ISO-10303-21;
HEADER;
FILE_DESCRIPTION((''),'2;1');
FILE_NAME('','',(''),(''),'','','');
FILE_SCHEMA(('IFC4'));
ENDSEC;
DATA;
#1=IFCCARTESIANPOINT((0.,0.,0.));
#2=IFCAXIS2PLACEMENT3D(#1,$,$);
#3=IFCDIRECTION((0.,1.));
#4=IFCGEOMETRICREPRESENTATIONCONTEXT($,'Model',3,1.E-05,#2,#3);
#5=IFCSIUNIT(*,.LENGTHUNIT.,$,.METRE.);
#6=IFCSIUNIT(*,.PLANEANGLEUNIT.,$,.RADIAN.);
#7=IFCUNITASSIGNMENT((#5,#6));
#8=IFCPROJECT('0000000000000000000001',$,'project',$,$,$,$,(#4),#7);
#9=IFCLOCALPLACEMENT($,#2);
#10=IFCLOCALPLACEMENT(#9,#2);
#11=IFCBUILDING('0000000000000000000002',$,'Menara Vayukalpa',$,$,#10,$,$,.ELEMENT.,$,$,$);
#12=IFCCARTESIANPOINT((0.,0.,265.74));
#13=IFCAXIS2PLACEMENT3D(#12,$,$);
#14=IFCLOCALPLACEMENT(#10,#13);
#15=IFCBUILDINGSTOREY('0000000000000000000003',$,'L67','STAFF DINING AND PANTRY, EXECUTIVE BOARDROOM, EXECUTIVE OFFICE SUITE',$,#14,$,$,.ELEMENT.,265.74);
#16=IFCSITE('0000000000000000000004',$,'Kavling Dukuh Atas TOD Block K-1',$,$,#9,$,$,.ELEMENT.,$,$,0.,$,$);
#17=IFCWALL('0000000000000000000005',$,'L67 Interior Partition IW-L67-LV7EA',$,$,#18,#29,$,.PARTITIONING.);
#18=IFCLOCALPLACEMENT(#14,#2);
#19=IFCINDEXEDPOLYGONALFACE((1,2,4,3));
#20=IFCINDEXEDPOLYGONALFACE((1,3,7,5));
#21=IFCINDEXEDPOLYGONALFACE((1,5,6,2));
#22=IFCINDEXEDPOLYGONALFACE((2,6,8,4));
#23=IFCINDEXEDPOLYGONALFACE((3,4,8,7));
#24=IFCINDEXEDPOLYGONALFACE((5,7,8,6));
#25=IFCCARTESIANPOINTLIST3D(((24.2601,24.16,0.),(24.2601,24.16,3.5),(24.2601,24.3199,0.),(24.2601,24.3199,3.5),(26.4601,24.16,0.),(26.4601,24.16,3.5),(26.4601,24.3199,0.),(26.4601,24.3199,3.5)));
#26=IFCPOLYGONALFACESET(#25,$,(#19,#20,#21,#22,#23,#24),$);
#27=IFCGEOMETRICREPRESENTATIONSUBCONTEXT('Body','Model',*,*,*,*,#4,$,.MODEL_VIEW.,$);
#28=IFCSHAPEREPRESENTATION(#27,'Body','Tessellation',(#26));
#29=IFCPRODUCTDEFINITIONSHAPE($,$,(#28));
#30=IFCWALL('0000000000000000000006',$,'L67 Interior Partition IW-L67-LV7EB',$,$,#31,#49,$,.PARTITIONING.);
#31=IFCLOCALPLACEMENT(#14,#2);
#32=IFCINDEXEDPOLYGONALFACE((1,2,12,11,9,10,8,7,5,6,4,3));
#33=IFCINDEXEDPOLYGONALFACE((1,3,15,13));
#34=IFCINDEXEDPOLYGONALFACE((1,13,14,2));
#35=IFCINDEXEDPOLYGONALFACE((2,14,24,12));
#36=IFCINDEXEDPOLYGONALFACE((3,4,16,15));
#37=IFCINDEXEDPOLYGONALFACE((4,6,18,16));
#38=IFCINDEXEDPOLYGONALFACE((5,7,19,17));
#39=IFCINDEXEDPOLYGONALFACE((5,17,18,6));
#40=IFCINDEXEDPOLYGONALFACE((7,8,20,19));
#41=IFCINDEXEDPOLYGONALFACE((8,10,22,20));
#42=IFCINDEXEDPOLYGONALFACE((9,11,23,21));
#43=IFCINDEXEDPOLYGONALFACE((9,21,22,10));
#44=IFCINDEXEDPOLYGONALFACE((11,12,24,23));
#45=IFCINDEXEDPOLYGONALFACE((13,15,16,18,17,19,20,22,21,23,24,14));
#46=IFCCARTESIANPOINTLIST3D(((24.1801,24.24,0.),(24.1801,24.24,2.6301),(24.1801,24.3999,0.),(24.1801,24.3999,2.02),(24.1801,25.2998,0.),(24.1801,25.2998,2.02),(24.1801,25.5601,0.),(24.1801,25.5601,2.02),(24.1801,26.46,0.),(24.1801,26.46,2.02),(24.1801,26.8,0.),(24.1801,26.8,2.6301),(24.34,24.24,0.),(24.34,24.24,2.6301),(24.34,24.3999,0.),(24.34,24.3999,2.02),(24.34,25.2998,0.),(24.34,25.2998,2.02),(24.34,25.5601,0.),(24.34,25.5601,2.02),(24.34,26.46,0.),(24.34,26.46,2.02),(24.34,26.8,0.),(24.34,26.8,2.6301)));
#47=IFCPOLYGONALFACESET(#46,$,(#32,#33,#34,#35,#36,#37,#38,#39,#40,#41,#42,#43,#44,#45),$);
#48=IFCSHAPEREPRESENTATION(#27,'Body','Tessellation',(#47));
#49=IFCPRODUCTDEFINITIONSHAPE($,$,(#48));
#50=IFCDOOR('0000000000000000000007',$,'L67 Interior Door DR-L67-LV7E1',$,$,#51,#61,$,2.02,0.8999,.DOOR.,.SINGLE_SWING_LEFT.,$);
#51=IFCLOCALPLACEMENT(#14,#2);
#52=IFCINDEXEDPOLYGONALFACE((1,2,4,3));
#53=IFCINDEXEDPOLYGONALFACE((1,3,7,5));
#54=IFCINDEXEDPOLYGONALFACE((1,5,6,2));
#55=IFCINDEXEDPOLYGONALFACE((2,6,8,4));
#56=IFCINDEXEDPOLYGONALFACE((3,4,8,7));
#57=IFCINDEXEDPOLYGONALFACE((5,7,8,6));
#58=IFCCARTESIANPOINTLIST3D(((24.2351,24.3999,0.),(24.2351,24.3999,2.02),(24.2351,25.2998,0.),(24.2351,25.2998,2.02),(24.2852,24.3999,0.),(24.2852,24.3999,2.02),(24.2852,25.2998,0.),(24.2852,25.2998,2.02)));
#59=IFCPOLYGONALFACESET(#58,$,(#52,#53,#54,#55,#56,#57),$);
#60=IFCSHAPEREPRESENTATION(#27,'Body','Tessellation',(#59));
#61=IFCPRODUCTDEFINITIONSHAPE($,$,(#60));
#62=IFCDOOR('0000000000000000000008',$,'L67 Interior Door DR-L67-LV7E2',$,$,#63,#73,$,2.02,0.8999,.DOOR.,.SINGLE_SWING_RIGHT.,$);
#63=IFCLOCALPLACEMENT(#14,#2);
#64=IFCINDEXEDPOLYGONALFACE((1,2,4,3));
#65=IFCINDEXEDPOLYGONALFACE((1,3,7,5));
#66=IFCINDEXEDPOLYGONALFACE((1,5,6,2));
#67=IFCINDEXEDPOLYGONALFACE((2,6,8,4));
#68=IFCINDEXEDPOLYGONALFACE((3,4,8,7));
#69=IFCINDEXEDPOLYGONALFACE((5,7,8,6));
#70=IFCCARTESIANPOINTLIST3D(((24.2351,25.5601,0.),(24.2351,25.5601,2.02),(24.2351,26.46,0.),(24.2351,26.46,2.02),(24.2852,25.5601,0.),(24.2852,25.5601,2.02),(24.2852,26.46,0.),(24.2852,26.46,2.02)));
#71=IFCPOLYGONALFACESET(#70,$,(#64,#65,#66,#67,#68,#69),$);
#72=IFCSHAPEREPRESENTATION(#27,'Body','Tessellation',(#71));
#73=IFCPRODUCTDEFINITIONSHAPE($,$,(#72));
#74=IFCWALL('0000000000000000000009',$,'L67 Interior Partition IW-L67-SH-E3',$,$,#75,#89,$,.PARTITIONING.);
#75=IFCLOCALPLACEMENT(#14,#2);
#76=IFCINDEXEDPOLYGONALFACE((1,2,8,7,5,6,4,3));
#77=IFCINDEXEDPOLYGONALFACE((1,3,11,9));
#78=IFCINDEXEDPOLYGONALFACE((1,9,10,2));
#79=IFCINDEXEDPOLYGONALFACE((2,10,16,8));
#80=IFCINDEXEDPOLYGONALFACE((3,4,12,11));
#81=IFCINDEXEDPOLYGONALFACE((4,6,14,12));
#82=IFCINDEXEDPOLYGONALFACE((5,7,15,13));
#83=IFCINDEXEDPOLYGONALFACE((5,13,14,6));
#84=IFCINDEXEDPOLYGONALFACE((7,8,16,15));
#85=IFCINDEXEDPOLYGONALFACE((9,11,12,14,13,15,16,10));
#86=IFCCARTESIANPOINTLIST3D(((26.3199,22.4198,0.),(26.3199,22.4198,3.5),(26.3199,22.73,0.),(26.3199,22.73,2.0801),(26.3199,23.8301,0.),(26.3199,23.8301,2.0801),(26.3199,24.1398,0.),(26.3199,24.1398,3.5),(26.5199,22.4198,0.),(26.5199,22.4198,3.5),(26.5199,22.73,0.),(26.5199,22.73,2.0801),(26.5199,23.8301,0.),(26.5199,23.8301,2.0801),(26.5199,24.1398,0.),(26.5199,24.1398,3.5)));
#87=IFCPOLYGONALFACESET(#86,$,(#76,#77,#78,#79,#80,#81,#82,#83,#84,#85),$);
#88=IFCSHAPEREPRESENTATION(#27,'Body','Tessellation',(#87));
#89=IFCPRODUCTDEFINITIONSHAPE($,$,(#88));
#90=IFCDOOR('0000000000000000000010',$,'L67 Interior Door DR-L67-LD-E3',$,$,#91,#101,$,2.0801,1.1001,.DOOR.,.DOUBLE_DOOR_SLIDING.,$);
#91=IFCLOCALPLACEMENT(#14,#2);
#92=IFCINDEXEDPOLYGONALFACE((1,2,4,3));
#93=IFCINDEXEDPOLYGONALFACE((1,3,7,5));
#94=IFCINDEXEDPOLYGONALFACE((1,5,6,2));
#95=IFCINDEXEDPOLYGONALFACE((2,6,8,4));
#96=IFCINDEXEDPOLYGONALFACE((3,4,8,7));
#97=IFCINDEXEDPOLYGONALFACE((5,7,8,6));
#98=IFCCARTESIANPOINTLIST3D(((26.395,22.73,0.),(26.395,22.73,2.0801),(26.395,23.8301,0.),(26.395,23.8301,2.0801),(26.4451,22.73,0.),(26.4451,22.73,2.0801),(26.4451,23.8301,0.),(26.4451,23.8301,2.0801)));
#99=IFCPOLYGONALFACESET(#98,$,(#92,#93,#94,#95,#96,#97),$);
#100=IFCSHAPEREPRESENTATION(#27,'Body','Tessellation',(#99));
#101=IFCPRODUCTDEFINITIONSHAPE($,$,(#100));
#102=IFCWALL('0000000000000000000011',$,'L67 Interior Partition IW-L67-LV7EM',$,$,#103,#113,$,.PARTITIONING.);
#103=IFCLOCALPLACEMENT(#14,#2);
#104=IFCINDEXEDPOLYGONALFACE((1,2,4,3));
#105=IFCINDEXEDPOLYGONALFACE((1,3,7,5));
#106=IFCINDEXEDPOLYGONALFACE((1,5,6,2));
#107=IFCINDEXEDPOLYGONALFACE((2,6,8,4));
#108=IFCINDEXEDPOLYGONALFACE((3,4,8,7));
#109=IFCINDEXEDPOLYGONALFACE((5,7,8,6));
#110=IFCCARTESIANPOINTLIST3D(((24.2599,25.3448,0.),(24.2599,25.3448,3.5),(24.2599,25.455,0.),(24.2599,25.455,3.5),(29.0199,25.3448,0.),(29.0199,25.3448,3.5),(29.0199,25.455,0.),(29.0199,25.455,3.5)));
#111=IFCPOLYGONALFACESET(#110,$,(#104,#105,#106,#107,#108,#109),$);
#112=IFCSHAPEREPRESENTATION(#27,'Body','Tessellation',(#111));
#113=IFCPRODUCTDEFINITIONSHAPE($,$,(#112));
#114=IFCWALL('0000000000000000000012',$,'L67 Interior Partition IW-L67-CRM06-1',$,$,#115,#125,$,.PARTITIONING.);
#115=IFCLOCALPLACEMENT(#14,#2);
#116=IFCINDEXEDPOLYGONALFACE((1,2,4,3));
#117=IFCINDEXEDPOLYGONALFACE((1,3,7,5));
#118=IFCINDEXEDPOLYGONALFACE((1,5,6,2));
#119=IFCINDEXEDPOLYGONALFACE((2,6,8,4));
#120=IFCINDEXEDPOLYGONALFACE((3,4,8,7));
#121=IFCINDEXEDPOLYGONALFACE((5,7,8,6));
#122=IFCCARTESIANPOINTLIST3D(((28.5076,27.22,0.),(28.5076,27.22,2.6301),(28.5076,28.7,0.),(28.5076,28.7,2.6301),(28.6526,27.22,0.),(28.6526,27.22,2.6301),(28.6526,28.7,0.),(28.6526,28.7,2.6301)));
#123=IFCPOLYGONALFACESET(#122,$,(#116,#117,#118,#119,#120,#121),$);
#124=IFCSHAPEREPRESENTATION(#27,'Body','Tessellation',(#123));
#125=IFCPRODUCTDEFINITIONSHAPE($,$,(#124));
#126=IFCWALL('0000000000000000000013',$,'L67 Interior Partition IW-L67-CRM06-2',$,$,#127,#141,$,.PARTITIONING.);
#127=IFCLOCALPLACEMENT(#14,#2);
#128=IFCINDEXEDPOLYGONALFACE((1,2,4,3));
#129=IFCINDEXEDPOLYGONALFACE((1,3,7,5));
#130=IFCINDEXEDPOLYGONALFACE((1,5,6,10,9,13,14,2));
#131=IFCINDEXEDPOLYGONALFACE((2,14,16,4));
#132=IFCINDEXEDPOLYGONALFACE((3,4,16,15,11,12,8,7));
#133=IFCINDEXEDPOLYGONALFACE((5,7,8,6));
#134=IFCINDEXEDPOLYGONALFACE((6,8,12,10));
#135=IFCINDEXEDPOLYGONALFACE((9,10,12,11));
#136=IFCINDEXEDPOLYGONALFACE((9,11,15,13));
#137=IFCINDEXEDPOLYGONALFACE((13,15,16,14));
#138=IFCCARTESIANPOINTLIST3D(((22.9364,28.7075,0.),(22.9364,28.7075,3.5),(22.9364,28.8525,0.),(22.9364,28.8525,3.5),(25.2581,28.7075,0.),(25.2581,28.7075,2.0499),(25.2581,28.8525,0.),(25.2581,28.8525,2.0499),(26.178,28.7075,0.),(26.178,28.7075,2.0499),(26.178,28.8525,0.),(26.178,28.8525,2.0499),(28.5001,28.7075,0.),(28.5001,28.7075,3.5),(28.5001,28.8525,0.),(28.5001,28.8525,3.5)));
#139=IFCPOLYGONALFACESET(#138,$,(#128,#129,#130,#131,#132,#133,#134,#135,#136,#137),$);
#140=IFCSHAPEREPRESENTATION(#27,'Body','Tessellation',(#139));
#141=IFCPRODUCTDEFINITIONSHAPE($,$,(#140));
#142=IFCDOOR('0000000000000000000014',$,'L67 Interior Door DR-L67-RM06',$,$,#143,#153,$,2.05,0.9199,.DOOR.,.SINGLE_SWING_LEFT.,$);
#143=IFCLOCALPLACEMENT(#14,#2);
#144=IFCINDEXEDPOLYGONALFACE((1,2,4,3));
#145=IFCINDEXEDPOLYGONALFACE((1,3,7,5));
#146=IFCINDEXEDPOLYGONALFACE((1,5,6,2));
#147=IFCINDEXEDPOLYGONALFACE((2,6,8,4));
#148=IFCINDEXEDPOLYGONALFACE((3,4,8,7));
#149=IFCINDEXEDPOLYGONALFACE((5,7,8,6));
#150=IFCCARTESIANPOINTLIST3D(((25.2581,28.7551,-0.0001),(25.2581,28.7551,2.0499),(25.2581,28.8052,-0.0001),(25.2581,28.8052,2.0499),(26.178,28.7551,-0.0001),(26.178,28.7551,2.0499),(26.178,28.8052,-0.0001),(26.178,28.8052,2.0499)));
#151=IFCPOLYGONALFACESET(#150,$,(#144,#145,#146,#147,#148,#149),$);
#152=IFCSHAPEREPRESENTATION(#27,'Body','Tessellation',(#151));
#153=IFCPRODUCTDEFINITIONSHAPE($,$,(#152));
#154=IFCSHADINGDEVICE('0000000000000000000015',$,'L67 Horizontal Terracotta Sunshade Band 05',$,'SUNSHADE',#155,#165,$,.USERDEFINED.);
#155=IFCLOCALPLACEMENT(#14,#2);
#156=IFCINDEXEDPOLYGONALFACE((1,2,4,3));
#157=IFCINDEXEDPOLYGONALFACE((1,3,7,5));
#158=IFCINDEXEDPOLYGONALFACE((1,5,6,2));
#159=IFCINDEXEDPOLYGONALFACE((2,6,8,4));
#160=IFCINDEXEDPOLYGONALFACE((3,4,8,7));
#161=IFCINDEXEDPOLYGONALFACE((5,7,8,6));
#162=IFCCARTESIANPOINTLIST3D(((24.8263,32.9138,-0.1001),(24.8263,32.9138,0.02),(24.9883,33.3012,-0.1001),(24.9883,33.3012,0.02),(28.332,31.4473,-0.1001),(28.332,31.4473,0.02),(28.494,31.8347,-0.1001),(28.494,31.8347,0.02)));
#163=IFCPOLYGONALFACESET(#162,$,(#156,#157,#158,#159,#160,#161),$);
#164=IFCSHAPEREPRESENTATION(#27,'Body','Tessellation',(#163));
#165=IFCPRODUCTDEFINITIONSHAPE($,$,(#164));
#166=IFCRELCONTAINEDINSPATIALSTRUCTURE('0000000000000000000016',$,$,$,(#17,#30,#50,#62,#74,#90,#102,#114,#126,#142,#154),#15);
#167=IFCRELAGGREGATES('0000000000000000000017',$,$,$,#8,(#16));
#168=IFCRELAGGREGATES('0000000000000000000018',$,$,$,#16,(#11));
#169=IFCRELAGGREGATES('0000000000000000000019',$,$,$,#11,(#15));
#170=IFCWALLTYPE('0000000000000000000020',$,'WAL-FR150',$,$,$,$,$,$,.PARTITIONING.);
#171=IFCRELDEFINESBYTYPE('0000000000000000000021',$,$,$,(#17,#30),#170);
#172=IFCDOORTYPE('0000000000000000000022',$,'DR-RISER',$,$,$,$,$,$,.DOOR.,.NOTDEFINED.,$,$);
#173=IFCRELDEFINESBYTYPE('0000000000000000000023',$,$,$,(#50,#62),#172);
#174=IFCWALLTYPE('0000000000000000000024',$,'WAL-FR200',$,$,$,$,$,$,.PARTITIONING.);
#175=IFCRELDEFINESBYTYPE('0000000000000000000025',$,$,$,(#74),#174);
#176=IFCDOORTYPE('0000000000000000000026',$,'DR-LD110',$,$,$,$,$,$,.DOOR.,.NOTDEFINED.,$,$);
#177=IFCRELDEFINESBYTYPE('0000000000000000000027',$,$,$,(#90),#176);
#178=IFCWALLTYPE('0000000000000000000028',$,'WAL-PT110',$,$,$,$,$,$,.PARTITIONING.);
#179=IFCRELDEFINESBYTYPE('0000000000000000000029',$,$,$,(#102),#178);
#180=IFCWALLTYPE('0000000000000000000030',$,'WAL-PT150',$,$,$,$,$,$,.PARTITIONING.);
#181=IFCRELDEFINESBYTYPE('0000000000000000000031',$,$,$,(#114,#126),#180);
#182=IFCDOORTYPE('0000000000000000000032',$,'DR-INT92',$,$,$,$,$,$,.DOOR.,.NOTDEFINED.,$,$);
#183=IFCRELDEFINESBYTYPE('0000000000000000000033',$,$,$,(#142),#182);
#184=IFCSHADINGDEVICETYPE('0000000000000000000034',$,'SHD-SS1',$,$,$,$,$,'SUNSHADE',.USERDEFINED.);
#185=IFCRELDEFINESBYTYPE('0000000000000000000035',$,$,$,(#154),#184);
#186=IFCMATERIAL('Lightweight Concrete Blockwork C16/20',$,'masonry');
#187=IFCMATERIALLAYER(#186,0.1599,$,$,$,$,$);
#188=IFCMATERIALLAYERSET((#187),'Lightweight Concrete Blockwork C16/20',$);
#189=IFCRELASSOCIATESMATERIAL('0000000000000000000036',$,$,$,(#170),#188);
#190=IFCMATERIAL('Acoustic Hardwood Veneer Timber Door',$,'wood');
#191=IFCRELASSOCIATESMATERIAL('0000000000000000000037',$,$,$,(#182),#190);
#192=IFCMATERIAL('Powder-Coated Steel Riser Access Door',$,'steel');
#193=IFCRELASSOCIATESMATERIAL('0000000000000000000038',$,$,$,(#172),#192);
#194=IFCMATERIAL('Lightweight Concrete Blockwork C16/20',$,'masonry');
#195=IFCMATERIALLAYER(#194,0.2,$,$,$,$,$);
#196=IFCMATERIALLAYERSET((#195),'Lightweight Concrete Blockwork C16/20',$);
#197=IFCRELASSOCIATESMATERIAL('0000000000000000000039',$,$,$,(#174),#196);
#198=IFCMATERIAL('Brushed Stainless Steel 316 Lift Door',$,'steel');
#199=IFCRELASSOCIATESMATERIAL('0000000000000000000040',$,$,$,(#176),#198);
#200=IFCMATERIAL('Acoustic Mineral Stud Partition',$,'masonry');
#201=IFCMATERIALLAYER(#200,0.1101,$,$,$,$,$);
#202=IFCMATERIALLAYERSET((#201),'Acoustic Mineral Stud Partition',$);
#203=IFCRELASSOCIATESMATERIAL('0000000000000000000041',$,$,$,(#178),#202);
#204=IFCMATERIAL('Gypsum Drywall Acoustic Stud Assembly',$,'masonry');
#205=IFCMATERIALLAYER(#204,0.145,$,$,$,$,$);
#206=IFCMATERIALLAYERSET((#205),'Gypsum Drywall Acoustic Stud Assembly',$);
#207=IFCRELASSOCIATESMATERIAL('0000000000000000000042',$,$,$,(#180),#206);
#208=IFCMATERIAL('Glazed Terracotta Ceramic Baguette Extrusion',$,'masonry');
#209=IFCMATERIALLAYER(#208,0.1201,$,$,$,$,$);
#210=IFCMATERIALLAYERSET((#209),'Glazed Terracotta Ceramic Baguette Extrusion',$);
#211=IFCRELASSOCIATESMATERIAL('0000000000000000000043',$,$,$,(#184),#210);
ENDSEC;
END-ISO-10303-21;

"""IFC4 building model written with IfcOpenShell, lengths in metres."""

from ifc_helpers import new_model, si_unit, direction, frame, frame_2d, origin, origin_2d, place, context, subcontext, project, spatial, rectangle, extrude, material, layer, layer_set, type_object, element, fill, save


model = new_model("IFC4")

# Units and contexts
model_context = context("Model", 3, precision=1e-05, world=origin(), true_north=direction((0.0, 1.0)))
body_context = subcontext(model_context, "Body", "Model", "MODEL_VIEW")
ifc_project = project(units=[si_unit("LENGTHUNIT", "METRE"), si_unit("PLANEANGLEUNIT", "RADIAN")], contexts=[model_context])

# Site, building, storey
site_placement = place(None, origin())
site = spatial("IfcSite", under=ifc_project, at=site_placement, Name="Kavling Dukuh Atas TOD Block K-1", CompositionType="ELEMENT", RefElevation=0.0)
building_placement = place(site_placement, origin())
building = spatial("IfcBuilding", under=site, at=building_placement, Name="Menara Vayukalpa", CompositionType="ELEMENT")
storey_placement = place(building_placement, frame((0.0, 0.0, 265.74)))
storey = spatial("IfcBuildingStorey", under=building, at=storey_placement, Name="L67", Description="STAFF DINING AND PANTRY, EXECUTIVE BOARDROOM, EXECUTIVE OFFICE SUITE", CompositionType="ELEMENT", Elevation=265.74)

# Shared definitions
ifc_material_1 = material(Name="Lightweight Concrete Blockwork C16/20", Category="masonry")
ifc_layer_1 = layer(ifc_material_1, 0.1599)
ifc_layer_set_1 = layer_set([ifc_layer_1], Name="Lightweight Concrete Blockwork C16/20")
wall_type_1 = type_object("IfcWallType", Name="WAL-FR150", PredefinedType="PARTITIONING", material=ifc_layer_set_1)

# Shared definitions
ifc_material_2 = material(Name="Acoustic Hardwood Veneer Timber Door", Category="wood")
door_type_1 = type_object("IfcDoorType", Name="DR-INT92", OperationType="NOTDEFINED", PredefinedType="DOOR", material=ifc_material_2)

# Wall
wall_1_placement = place(storey_placement, frame((24.26, 24.24, 0.0), z_axis=(0.0, 0.0, 1.0), x_axis=(1.0, 0.0, 0.0)))
element("IfcWall", 1, at=wall_1_placement, inside=storey, type_object=wall_type_1, Name="L67 Interior Partition IW-L67-LV7EA", PredefinedType="PARTITIONING", context=body_context, shape_type="SweptSolid", body=[
    extrude(rectangle(XDim=2.2, YDim=0.1599, at=frame_2d((1.1001, 0.0))), origin(), (0.0, 0.0, 1.0), 3.5),
])

# Wall, openings, doors
wall_2_placement = place(storey_placement, frame((24.26, 24.24, 0.0), z_axis=(0.0, 0.0, 1.0), x_axis=(0.0, 1.0, 0.0)))
wall_2 = element("IfcWall", 2, at=wall_2_placement, inside=storey, type_object=wall_type_1, Name="L67 Interior Partition IW-L67-LV7EB", PredefinedType="PARTITIONING", context=body_context, shape_type="SweptSolid", body=[
    extrude(rectangle(XDim=2.5601, YDim=0.1599, at=frame_2d((1.28, 0.0))), origin(), (0.0, 0.0, 1.0), 2.6301),
])
opening_1_placement = place(wall_2_placement, frame((0.1599, 0.0, 0.0)))
opening_1 = element("IfcOpeningElement", 3, at=opening_1_placement, cuts=wall_2, PredefinedType="OPENING", context=body_context, shape_type="SweptSolid", body=[
    extrude(rectangle(XDim=0.8999, YDim=2.02, at=frame_2d((0.45, 1.01))), frame((0.0, 0.0898, 0.0), z_axis=(0.0, -1.0, 0.0), x_axis=(1.0, 0.0, 0.0)), (0.0, 0.0, 1.0), 0.1799),
])
opening_2_placement = place(wall_2_placement, frame((1.3201, 0.0, 0.0)))
opening_2 = element("IfcOpeningElement", 4, at=opening_2_placement, cuts=wall_2, PredefinedType="OPENING", context=body_context, shape_type="SweptSolid", body=[
    extrude(rectangle(XDim=0.8999, YDim=2.02, at=frame_2d((0.45, 1.01))), frame((0.0, 0.0898, 0.0), z_axis=(0.0, -1.0, 0.0), x_axis=(1.0, 0.0, 0.0)), (0.0, 0.0, 1.0), 0.1799),
])
ifc_material_3 = material(Name="Powder-Coated Steel Riser Access Door", Category="steel")
door_type_2 = type_object("IfcDoorType", Name="DR-RISER", OperationType="NOTDEFINED", PredefinedType="DOOR", material=ifc_material_3)
door_1_placement = place(opening_1_placement, origin())
door_1 = element("IfcDoor", 5, at=door_1_placement, inside=storey, type_object=door_type_2, Name="L67 Interior Door DR-L67-LV7E1", OperationType="SINGLE_SWING_LEFT", OverallHeight=2.02, OverallWidth=0.8999, PredefinedType="DOOR", context=body_context, shape_type="SweptSolid", body=[
    extrude(rectangle(XDim=0.8999, YDim=2.02, at=frame_2d((0.45, 1.01))), frame((0.0, 0.0249, 0.0), z_axis=(0.0, -1.0, 0.0), x_axis=(1.0, 0.0, 0.0)), (0.0, 0.0, 1.0), 0.05),
])
fill(opening_1, door_1)
door_2_placement = place(opening_2_placement, origin())
door_2 = element("IfcDoor", 6, at=door_2_placement, inside=storey, type_object=door_type_2, Name="L67 Interior Door DR-L67-LV7E2", OperationType="SINGLE_SWING_RIGHT", OverallHeight=2.02, OverallWidth=0.8999, PredefinedType="DOOR", context=body_context, shape_type="SweptSolid", body=[
    extrude(rectangle(XDim=0.8999, YDim=2.02, at=frame_2d((0.45, 1.01))), frame((0.0, 0.0249, 0.0), z_axis=(0.0, -1.0, 0.0), x_axis=(1.0, 0.0, 0.0)), (0.0, 0.0, 1.0), 0.05),
])
fill(opening_2, door_2)

# Wall, opening, door
ifc_material_4 = material(Name="Lightweight Concrete Blockwork C16/20", Category="masonry")
ifc_layer_2 = layer(ifc_material_4, 0.2)
ifc_layer_set_2 = layer_set([ifc_layer_2], Name="Lightweight Concrete Blockwork C16/20")
wall_type_2 = type_object("IfcWallType", Name="WAL-FR200", PredefinedType="PARTITIONING", material=ifc_layer_set_2)
wall_3_placement = place(storey_placement, frame((26.4199, 22.4199, 0.0), z_axis=(0.0, 0.0, 1.0), x_axis=(0.0, 1.0, 0.0)))
wall_3 = element("IfcWall", 7, at=wall_3_placement, inside=storey, type_object=wall_type_2, Name="L67 Interior Partition IW-L67-SH-E3", PredefinedType="PARTITIONING", context=body_context, shape_type="SweptSolid", body=[
    extrude(rectangle(XDim=1.72, YDim=0.2, at=frame_2d((0.8599, 0.0))), origin(), (0.0, 0.0, 1.0), 3.5),
])
opening_3_placement = place(wall_3_placement, frame((0.3101, 0.0, 0.0)))
opening_3 = element("IfcOpeningElement", 8, at=opening_3_placement, cuts=wall_3, PredefinedType="OPENING", context=body_context, shape_type="SweptSolid", body=[
    extrude(rectangle(XDim=1.1001, YDim=2.0801, at=frame_2d((0.55, 1.04))), frame((0.0, 0.1099, 0.0), z_axis=(0.0, -1.0, 0.0), x_axis=(1.0, 0.0, 0.0)), (0.0, 0.0, 1.0), 0.22),
])
ifc_material_5 = material(Name="Brushed Stainless Steel 316 Lift Door", Category="steel")
door_type_3 = type_object("IfcDoorType", Name="DR-LD110", OperationType="NOTDEFINED", PredefinedType="DOOR", material=ifc_material_5)
door_3_placement = place(opening_3_placement, origin())
door_3 = element("IfcDoor", 9, at=door_3_placement, inside=storey, type_object=door_type_3, Name="L67 Interior Door DR-L67-LD-E3", OperationType="DOUBLE_DOOR_SLIDING", OverallHeight=2.0801, OverallWidth=1.1001, PredefinedType="DOOR", context=body_context, shape_type="SweptSolid", body=[
    extrude(rectangle(XDim=1.1001, YDim=2.0801, at=frame_2d((0.55, 1.04))), frame((0.0, 0.0249, 0.0), z_axis=(0.0, -1.0, 0.0), x_axis=(1.0, 0.0, 0.0)), (0.0, 0.0, 1.0), 0.05),
])
fill(opening_3, door_3)

# Walls
ifc_material_6 = material(Name="Acoustic Mineral Stud Partition", Category="masonry")
ifc_layer_3 = layer(ifc_material_6, 0.1101)
ifc_layer_set_3 = layer_set([ifc_layer_3], Name="Acoustic Mineral Stud Partition")
wall_type_3 = type_object("IfcWallType", Name="WAL-PT110", PredefinedType="PARTITIONING", material=ifc_layer_set_3)
wall_4_placement = place(storey_placement, frame((24.26, 25.3999, 0.0), z_axis=(0.0, 0.0, 1.0), x_axis=(1.0, 0.0, 0.0)))
element("IfcWall", 10, at=wall_4_placement, inside=storey, type_object=wall_type_3, Name="L67 Interior Partition IW-L67-LV7EM", PredefinedType="PARTITIONING", context=body_context, shape_type="SweptSolid", body=[
    extrude(rectangle(XDim=4.76, YDim=0.1101, at=frame_2d((2.3799, 0.0))), origin(), (0.0, 0.0, 1.0), 3.5),
])
ifc_material_7 = material(Name="Gypsum Drywall Acoustic Stud Assembly", Category="masonry")
ifc_layer_4 = layer(ifc_material_7, 0.145)
ifc_layer_set_4 = layer_set([ifc_layer_4], Name="Gypsum Drywall Acoustic Stud Assembly")
wall_type_4 = type_object("IfcWallType", Name="WAL-PT150", PredefinedType="PARTITIONING", material=ifc_layer_set_4)
wall_5_placement = place(storey_placement, frame((28.5801, 27.22, 0.0), z_axis=(0.0, 0.0, 1.0), x_axis=(0.0, 1.0, 0.0)))
element("IfcWall", 11, at=wall_5_placement, inside=storey, type_object=wall_type_4, Name="L67 Interior Partition IW-L67-CRM06-1", PredefinedType="PARTITIONING", context=body_context, shape_type="SweptSolid", body=[
    extrude(rectangle(XDim=1.48, YDim=0.145, at=frame_2d((0.74, 0.0))), origin(), (0.0, 0.0, 1.0), 2.6301),
])

# Wall, opening, door
wall_6_placement = place(storey_placement, frame((28.5, 28.78, 0.0), z_axis=(0.0, 0.0, 1.0), x_axis=(-1.0, 0.0, 0.0)))
wall_6 = element("IfcWall", 12, at=wall_6_placement, inside=storey, type_object=wall_type_4, Name="L67 Interior Partition IW-L67-CRM06-2", PredefinedType="PARTITIONING", context=body_context, shape_type="SweptSolid", body=[
    extrude(rectangle(XDim=5.5637, YDim=0.145, at=frame_2d((2.7817, 0.0))), origin(), (0.0, 0.0, 1.0), 3.5),
])
opening_4_placement = place(wall_6_placement, frame((2.322, 0.0, 0.0)))
opening_4 = element("IfcOpeningElement", 13, at=opening_4_placement, cuts=wall_6, PredefinedType="OPENING", context=body_context, shape_type="SweptSolid", body=[
    extrude(rectangle(XDim=0.9199, YDim=2.05, at=frame_2d((0.46, 1.0249))), frame((0.0, 0.0825, 0.0), z_axis=(0.0, -1.0, 0.0), x_axis=(1.0, 0.0, 0.0)), (0.0, 0.0, 1.0), 0.165),
])
door_4_placement = place(opening_4_placement, origin())
door_4 = element("IfcDoor", 14, at=door_4_placement, inside=storey, type_object=door_type_1, Name="L67 Interior Door DR-L67-RM06", OperationType="SINGLE_SWING_LEFT", OverallHeight=2.05, OverallWidth=0.9199, PredefinedType="DOOR", context=body_context, shape_type="SweptSolid", body=[
    extrude(rectangle(XDim=0.9199, YDim=2.05, at=frame_2d((0.46, 1.0249))), frame((0.0, 0.0249, 0.0), z_axis=(0.0, -1.0, 0.0), x_axis=(1.0, 0.0, 0.0)), (0.0, 0.0, 1.0), 0.05),
])
fill(opening_4, door_4)

# Shading device
ifc_material_8 = material(Name="Glazed Terracotta Ceramic Baguette Extrusion", Category="masonry")
ifc_layer_5 = layer(ifc_material_8, 0.1201)
ifc_layer_set_5 = layer_set([ifc_layer_5], Name="Glazed Terracotta Ceramic Baguette Extrusion")
shading_device_type = type_object("IfcShadingDeviceType", Name="SHD-SS1", ElementType="SUNSHADE", PredefinedType="USERDEFINED", material=ifc_layer_set_5)
shading_device_placement = place(storey_placement, frame((26.6602, 32.3743, -0.1001), z_axis=(0.0, 0.0, 1.0), x_axis=(-0.922538, 0.385906, 0.0)))
element("IfcShadingDevice", 15, at=shading_device_placement, inside=storey, type_object=shading_device_type, Name="L67 Horizontal Terracotta Sunshade Band 05", ObjectType="SUNSHADE", PredefinedType="USERDEFINED", context=body_context, shape_type="SweptSolid", body=[
    extrude(rectangle(XDim=3.8, YDim=0.4199, at=origin_2d()), origin(), (0.0, 0.0, 1.0), 0.1201),
])

save(model, "model.ifc")
